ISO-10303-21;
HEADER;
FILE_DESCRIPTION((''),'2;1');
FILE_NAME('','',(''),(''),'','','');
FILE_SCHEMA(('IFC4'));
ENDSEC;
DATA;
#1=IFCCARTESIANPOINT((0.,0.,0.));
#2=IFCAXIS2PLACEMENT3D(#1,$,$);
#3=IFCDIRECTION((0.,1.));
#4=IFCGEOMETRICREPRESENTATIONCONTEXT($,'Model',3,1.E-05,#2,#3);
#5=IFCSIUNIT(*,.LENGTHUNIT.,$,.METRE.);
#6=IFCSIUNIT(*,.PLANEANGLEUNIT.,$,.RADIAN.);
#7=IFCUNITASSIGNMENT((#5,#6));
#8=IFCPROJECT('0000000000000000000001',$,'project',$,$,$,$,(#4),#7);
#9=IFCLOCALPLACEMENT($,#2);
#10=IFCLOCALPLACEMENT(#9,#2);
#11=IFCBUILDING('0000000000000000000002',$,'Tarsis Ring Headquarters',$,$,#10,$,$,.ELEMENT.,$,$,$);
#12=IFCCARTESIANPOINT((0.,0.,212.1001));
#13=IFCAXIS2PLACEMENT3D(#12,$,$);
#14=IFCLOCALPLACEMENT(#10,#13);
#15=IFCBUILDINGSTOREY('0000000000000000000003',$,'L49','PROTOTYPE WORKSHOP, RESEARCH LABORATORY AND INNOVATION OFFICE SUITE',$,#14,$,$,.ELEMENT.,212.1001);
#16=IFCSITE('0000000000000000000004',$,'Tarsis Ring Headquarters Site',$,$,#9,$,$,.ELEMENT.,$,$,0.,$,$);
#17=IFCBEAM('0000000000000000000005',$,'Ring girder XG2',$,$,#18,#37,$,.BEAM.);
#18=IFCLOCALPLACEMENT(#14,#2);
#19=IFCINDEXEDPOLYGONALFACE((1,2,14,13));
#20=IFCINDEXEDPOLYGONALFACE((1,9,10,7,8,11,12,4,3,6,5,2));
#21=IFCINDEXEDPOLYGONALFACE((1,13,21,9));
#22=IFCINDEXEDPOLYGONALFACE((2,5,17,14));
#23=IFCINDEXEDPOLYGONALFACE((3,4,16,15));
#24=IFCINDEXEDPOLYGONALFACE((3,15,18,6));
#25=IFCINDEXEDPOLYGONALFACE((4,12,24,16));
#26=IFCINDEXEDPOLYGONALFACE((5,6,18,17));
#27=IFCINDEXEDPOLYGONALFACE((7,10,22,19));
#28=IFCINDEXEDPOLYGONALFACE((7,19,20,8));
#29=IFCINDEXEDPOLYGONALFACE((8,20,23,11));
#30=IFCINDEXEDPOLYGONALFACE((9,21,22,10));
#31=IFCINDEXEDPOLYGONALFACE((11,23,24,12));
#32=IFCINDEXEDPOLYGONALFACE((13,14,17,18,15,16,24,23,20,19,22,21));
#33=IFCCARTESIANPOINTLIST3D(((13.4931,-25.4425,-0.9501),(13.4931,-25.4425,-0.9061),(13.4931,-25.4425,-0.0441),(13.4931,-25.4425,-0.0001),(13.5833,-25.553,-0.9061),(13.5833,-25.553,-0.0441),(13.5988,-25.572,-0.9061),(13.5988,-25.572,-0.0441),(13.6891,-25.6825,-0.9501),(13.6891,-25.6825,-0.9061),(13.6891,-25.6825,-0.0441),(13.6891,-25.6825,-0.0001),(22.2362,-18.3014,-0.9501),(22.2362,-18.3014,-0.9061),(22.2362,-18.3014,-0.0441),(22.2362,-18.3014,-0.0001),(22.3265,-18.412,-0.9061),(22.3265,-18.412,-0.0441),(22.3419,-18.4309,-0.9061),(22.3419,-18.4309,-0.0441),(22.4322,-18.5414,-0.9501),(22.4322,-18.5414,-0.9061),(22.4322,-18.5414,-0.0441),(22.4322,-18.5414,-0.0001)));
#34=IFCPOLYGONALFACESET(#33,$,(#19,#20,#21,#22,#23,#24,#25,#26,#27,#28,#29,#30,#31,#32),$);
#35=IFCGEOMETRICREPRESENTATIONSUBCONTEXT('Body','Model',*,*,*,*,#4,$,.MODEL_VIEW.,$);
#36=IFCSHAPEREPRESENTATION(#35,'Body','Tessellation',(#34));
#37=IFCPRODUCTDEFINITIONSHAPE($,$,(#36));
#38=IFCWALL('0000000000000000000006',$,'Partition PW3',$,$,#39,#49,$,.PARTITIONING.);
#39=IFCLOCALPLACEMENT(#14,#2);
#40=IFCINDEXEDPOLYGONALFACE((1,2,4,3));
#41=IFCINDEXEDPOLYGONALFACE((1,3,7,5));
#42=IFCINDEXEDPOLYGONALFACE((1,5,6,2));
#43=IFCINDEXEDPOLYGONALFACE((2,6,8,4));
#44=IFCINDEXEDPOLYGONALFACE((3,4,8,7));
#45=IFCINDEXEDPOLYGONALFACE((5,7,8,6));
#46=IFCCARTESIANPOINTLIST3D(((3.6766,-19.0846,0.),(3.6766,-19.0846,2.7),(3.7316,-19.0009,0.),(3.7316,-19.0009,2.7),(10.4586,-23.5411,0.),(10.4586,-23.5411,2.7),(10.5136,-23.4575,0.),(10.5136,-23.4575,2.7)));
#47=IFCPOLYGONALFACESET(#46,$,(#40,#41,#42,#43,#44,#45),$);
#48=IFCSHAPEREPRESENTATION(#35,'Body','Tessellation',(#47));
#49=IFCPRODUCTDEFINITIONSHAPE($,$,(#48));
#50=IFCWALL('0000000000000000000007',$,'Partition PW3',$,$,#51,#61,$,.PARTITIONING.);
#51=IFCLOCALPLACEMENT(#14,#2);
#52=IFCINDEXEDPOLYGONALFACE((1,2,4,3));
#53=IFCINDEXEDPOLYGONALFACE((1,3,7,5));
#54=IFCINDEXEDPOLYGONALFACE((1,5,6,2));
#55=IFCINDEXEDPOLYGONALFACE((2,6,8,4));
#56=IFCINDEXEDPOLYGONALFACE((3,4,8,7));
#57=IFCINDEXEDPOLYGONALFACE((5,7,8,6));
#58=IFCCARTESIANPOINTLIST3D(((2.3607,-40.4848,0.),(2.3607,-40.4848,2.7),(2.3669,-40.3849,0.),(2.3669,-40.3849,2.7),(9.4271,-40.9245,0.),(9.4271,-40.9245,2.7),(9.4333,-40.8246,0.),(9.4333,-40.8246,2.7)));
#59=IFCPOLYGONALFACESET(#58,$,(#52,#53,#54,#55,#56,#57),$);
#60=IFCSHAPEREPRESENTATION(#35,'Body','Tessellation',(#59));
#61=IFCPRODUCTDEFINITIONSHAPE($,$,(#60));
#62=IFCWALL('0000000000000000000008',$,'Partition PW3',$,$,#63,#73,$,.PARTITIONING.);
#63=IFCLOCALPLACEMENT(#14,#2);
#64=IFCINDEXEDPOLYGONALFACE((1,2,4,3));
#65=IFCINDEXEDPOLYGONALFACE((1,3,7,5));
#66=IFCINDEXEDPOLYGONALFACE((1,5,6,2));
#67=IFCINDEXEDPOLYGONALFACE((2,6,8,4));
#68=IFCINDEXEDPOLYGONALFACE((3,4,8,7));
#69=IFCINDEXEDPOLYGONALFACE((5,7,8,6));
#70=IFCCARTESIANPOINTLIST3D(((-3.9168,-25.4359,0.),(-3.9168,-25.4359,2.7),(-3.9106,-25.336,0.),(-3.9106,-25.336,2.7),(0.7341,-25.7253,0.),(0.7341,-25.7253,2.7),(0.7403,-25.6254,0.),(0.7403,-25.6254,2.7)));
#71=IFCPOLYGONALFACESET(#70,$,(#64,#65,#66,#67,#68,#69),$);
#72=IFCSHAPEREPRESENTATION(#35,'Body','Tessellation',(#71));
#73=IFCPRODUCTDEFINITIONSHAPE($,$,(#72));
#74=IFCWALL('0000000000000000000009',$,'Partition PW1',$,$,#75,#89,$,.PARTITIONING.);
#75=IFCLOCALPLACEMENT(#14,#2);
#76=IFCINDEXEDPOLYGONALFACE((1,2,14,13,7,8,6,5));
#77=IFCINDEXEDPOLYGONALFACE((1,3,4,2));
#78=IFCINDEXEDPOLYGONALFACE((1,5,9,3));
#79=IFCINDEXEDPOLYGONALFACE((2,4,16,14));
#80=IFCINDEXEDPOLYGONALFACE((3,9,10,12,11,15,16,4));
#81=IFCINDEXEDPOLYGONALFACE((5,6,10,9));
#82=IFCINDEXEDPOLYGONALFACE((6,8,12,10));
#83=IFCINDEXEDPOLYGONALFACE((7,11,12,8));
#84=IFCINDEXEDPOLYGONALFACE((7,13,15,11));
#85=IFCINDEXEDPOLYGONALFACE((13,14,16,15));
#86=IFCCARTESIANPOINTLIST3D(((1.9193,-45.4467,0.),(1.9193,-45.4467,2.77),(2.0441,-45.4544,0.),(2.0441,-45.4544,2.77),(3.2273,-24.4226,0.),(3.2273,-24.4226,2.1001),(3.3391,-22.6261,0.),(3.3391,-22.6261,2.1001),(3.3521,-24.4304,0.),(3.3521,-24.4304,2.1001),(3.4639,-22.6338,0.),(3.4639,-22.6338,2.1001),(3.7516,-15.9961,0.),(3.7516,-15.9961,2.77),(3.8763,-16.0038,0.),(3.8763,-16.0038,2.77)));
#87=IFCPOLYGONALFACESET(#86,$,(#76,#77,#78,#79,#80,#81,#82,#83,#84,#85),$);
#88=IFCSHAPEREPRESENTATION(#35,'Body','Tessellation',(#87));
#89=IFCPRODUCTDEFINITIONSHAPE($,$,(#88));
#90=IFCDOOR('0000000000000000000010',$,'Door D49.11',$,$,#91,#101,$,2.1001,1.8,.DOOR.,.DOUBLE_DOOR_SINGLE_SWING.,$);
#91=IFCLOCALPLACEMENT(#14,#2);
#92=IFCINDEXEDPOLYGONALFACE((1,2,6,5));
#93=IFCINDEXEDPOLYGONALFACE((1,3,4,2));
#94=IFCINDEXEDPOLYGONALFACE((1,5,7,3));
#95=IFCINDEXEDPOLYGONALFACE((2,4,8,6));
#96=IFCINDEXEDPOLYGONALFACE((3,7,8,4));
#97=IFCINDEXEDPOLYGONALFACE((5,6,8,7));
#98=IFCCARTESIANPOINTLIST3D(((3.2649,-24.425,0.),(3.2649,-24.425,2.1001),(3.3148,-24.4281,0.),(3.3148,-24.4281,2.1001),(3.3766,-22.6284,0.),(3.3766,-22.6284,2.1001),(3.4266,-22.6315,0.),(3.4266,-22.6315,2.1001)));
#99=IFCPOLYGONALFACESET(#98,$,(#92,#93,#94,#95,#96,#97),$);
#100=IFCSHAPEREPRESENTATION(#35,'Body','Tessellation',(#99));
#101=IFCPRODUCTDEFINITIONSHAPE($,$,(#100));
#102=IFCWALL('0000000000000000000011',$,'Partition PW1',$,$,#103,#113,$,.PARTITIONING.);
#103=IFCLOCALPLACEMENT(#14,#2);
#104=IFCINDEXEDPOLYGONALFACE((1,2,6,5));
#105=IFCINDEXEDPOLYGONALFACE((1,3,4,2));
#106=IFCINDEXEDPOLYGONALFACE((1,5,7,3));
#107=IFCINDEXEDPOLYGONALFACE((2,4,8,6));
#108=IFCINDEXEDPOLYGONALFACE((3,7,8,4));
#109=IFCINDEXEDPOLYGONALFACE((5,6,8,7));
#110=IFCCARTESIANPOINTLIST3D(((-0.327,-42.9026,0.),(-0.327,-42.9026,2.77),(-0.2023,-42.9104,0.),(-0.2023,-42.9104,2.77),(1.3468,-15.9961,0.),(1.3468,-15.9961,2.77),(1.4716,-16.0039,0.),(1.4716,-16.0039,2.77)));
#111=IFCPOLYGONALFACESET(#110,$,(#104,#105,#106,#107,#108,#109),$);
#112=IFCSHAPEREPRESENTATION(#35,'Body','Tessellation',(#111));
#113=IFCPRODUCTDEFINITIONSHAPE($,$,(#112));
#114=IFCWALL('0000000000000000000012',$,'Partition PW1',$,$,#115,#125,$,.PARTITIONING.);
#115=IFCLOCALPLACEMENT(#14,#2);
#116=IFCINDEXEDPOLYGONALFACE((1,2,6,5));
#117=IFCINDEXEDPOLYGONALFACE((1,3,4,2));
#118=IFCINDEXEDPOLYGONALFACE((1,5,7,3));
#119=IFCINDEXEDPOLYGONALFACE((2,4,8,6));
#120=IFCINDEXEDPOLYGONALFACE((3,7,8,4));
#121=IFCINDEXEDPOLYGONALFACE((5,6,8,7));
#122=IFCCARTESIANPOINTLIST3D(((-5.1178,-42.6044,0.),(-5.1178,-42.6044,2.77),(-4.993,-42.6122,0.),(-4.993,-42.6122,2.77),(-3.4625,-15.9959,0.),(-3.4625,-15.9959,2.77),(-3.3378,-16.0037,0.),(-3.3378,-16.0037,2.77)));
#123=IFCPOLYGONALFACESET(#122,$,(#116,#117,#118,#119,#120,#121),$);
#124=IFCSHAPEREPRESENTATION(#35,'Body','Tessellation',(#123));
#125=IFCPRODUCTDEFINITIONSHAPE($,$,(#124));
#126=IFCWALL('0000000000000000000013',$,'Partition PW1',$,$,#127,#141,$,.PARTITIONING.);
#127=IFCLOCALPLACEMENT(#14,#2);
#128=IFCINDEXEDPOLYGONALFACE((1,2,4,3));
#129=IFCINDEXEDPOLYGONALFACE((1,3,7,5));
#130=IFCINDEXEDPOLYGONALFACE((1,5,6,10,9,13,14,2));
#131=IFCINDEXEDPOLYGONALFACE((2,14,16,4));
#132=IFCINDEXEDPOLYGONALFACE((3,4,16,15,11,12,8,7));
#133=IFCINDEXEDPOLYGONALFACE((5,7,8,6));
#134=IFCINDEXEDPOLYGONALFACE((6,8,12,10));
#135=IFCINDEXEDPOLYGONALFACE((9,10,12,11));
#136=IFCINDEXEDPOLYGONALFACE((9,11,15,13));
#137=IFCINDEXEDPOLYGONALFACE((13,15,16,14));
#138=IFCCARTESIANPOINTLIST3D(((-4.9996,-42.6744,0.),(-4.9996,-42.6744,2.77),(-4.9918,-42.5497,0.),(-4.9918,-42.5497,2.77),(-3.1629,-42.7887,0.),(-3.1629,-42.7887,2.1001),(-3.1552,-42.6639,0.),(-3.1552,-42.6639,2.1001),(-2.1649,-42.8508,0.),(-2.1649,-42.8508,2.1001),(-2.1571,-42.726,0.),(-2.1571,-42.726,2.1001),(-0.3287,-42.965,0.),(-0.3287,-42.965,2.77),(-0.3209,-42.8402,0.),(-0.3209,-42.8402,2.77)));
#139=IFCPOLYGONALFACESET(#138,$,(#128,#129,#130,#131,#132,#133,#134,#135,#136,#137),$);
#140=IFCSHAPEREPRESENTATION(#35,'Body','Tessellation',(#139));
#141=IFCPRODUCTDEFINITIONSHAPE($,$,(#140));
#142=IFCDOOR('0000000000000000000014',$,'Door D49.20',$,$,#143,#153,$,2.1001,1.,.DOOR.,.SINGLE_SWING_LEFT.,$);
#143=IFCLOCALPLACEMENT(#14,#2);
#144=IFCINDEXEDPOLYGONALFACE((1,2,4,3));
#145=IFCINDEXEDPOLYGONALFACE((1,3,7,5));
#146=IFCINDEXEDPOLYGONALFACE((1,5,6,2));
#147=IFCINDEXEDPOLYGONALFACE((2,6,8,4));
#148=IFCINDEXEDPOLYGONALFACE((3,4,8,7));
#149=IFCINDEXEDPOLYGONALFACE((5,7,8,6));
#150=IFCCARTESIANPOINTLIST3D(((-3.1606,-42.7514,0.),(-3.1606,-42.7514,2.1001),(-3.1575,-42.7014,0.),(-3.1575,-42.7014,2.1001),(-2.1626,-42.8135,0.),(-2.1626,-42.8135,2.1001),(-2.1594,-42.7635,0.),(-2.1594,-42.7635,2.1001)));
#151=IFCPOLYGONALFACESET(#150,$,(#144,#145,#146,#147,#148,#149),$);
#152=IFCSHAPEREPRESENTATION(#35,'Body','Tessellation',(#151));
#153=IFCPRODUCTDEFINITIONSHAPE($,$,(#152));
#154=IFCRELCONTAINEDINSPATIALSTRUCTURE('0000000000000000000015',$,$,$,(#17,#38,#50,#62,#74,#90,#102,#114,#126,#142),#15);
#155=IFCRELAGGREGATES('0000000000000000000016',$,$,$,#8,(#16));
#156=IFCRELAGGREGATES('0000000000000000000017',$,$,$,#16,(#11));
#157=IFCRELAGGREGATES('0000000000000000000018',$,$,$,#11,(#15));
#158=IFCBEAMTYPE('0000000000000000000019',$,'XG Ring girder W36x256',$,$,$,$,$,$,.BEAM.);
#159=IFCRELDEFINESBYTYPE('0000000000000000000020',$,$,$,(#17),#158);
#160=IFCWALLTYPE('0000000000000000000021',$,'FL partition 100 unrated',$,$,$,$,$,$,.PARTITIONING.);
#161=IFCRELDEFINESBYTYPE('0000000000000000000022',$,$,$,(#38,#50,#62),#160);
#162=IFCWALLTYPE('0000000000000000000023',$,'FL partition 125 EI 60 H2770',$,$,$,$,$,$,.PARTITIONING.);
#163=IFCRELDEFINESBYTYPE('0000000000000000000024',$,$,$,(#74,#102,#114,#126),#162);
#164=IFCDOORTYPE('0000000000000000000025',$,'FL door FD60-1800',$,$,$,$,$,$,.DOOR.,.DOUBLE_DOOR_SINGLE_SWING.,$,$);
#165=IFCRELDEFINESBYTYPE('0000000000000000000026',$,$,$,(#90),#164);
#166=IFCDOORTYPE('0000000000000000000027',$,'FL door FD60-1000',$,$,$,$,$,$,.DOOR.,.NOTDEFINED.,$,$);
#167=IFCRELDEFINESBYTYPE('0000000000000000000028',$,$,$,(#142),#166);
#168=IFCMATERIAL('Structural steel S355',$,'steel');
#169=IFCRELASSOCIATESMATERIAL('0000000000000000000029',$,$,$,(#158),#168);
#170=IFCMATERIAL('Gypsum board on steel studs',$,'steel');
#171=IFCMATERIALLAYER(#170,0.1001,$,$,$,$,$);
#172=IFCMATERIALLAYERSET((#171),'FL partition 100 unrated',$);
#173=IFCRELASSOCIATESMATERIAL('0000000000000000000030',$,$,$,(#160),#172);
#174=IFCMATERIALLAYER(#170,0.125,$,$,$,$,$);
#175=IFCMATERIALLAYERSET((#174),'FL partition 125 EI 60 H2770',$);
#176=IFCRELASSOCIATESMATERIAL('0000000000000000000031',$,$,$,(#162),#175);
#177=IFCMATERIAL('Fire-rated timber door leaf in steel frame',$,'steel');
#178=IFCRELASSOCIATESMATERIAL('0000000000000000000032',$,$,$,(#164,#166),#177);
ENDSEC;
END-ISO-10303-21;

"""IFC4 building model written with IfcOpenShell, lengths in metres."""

from ifc_helpers import new_model, si_unit, direction, frame, frame_2d, origin, origin_2d, place, context, subcontext, project, spatial, rectangle, i_section, extrude, material, layer, layer_set, material_profile, profile_set, type_object, element, fill, save


model = new_model("IFC4")

# Units and contexts
model_context = context("Model", 3, precision=1e-05, world=origin(), true_north=direction((0.0, 1.0)))
body_context = subcontext(model_context, "Body", "Model", "MODEL_VIEW")
ifc_project = project(units=[si_unit("LENGTHUNIT", "METRE"), si_unit("PLANEANGLEUNIT", "RADIAN")], contexts=[model_context])

# Site, building, storey
site_placement = place(None, origin())
site = spatial("IfcSite", under=ifc_project, at=site_placement, Name="Tarsis Ring Headquarters Site", CompositionType="ELEMENT", RefElevation=0.0)
building_placement = place(site_placement, origin())
building = spatial("IfcBuilding", under=site, at=building_placement, Name="Tarsis Ring Headquarters", CompositionType="ELEMENT")
storey_placement = place(building_placement, frame((0.0, 0.0, 212.1001)))
storey = spatial("IfcBuildingStorey", under=building, at=storey_placement, Name="L49", Description="PROTOTYPE WORKSHOP, RESEARCH LABORATORY AND INNOVATION OFFICE SUITE", CompositionType="ELEMENT", Elevation=212.1001)

# Shared definitions
ifc_material_1 = material(Name="Structural steel S355", Category="steel")

# Beam
ifc_material_profile_1 = material_profile(ifc_material_1, i_section(OverallWidth=0.3098, OverallDepth=0.95, WebThickness=0.0244, FlangeThickness=0.0439, at=origin_2d()), Name="W36x256")
ifc_profile_set_1 = profile_set([ifc_material_profile_1], Name="Structural steel S355")
beam_type = type_object("IfcBeamType", Name="XG Ring girder W36x256", PredefinedType="BEAM", material=ifc_profile_set_1)
beam_1_placement = place(storey_placement, frame((13.5911, -25.5625, -0.4751), z_axis=(0.774495, 0.63258, 0.0), x_axis=(-0.63258, 0.774495, 0.0)))
element("IfcBeam", 1, at=beam_1_placement, inside=storey, type_object=beam_type, Name="Ring girder XG2", PredefinedType="BEAM", context=body_context, shape_type="SweptSolid", body=[
    extrude(i_section(OverallWidth=0.3098, OverallDepth=0.95, WebThickness=0.0244, FlangeThickness=0.0439, at=origin_2d()), origin(), (0.0, 0.0, 1.0), 11.2888),
])

# Walls
ifc_material_2 = material(Name="Gypsum board on steel studs", Category="steel")
ifc_layer_1 = layer(ifc_material_2, 0.1001)
ifc_layer_set_1 = layer_set([ifc_layer_1], Name="FL partition 100 unrated")
wall_type_1 = type_object("IfcWallType", Name="FL partition 100 unrated", PredefinedType="PARTITIONING", material=ifc_layer_set_1)
wall_1_placement = place(storey_placement, frame((3.7041, -19.0427, 0.0), z_axis=(0.0, 0.0, 1.0), x_axis=(0.835716, -0.549162, 0.0)))
element("IfcWall", 2, at=wall_1_placement, inside=storey, type_object=wall_type_1, Name="Partition PW3", PredefinedType="PARTITIONING", context=body_context, shape_type="SweptSolid", body=[
    extrude(rectangle(XDim=8.1152, YDim=0.1001, at=frame_2d((4.0576, 0.0))), origin(), (0.0, 0.0, 1.0), 2.7),
])
wall_2_placement = place(storey_placement, frame((2.3638, -40.4348, 0.0), z_axis=(0.0, 0.0, 1.0), x_axis=(0.99807, -0.062103, 0.0)))
element("IfcWall", 3, at=wall_2_placement, inside=storey, type_object=wall_type_1, Name="Partition PW3", PredefinedType="PARTITIONING", context=body_context, shape_type="SweptSolid", body=[
    extrude(rectangle(XDim=7.0801, YDim=0.1001, at=frame_2d((3.54, 0.0))), origin(), (0.0, 0.0, 1.0), 2.7),
])
wall_3_placement = place(storey_placement, frame((-3.9138, -25.386, 0.0), z_axis=(0.0, 0.0, 1.0), x_axis=(0.998071, -0.062085, 0.0)))
element("IfcWall", 4, at=wall_3_placement, inside=storey, type_object=wall_type_1, Name="Partition PW3", PredefinedType="PARTITIONING", context=body_context, shape_type="SweptSolid", body=[
    extrude(rectangle(XDim=4.6599, YDim=0.1001, at=frame_2d((2.3301, 0.0))), origin(), (0.0, 0.0, 1.0), 2.7),
])

# Wall, opening, door
ifc_layer_2 = layer(ifc_material_2, 0.125)
ifc_layer_set_2 = layer_set([ifc_layer_2], Name="FL partition 125 EI 60 H2770")
wall_type_2 = type_object("IfcWallType", Name="FL partition 125 EI 60 H2770", PredefinedType="PARTITIONING", material=ifc_layer_set_2)
wall_4_placement = place(storey_placement, frame((1.9817, -45.4507, 0.0), z_axis=(0.0, 0.0, 1.0), x_axis=(0.062095, 0.99807, 0.0)))
wall_4 = element("IfcWall", 5, at=wall_4_placement, inside=storey, type_object=wall_type_2, Name="Partition PW1", PredefinedType="PARTITIONING", context=body_context, shape_type="SweptSolid", body=[
    extrude(rectangle(XDim=29.5076, YDim=0.125, at=frame_2d((14.7539, 0.0))), origin(), (0.0, 0.0, 1.0), 2.77),
])
opening_1_placement = place(wall_4_placement, frame((21.0649, 0.0, 0.0)))
opening_1 = element("IfcOpeningElement", 6, at=opening_1_placement, cuts=wall_4, PredefinedType="OPENING", context=body_context, shape_type="SweptSolid", body=[
    extrude(rectangle(XDim=1.8, YDim=2.1001, at=frame_2d((0.8999, 1.05))), frame((0.0, 0.0725, 0.0), z_axis=(0.0, -1.0, 0.0), x_axis=(1.0, 0.0, 0.0)), (0.0, 0.0, 1.0), 0.145),
])
ifc_material_3 = material(Name="Fire-rated timber door leaf in steel frame", Category="steel")
door_type_1 = type_object("IfcDoorType", Name="FL door FD60-1800", OperationType="DOUBLE_DOOR_SINGLE_SWING", PredefinedType="DOOR", material=ifc_material_3)
door_1_placement = place(opening_1_placement, origin())
door_1 = element("IfcDoor", 7, at=door_1_placement, inside=storey, type_object=door_type_1, Name="Door D49.11", OperationType="DOUBLE_DOOR_SINGLE_SWING", OverallHeight=2.1001, OverallWidth=1.8, PredefinedType="DOOR", context=body_context, shape_type="SweptSolid", body=[
    extrude(rectangle(XDim=1.8, YDim=2.1001, at=frame_2d((0.8999, 1.05))), frame((0.0, 0.0249, 0.0), z_axis=(0.0, -1.0, 0.0), x_axis=(1.0, 0.0, 0.0)), (0.0, 0.0, 1.0), 0.05),
])
fill(opening_1, door_1)

# Walls
wall_5_placement = place(storey_placement, frame((-0.2646, -42.9065, 0.0), z_axis=(0.0, 0.0, 1.0), x_axis=(0.062089, 0.998071, 0.0)))
element("IfcWall", 8, at=wall_5_placement, inside=storey, type_object=wall_type_2, Name="Partition PW1", PredefinedType="PARTITIONING", context=body_context, shape_type="SweptSolid", body=[
    extrude(rectangle(XDim=26.9585, YDim=0.125, at=frame_2d((13.4792, 0.0))), origin(), (0.0, 0.0, 1.0), 2.77),
])
wall_6_placement = place(storey_placement, frame((-5.0554, -42.6084, 0.0), z_axis=(0.0, 0.0, 1.0), x_axis=(0.062089, 0.998071, 0.0)))
element("IfcWall", 9, at=wall_6_placement, inside=storey, type_object=wall_type_2, Name="Partition PW1", PredefinedType="PARTITIONING", context=body_context, shape_type="SweptSolid", body=[
    extrude(rectangle(XDim=26.6599, YDim=0.125, at=frame_2d((13.3301, 0.0))), origin(), (0.0, 0.0, 1.0), 2.77),
])

# Wall, opening, door
wall_7_placement = place(storey_placement, frame((-4.9956, -42.6121, 0.0), z_axis=(0.0, 0.0, 1.0), x_axis=(0.998071, -0.062079, 0.0)))
wall_7 = element("IfcWall", 10, at=wall_7_placement, inside=storey, type_object=wall_type_2, Name="Partition PW1", PredefinedType="PARTITIONING", context=body_context, shape_type="SweptSolid", body=[
    extrude(rectangle(XDim=4.6799, YDim=0.125, at=frame_2d((2.3398, 0.0))), origin(), (0.0, 0.0, 1.0), 2.77),
])
opening_2_placement = place(wall_7_placement, frame((1.8401, 0.0, 0.0)))
opening_2 = element("IfcOpeningElement", 11, at=opening_2_placement, cuts=wall_7, PredefinedType="OPENING", context=body_context, shape_type="SweptSolid", body=[
    extrude(rectangle(XDim=1.0, YDim=2.1001, at=frame_2d((0.5, 1.05))), frame((0.0, 0.0725, 0.0), z_axis=(0.0, -1.0, 0.0), x_axis=(1.0, 0.0, 0.0)), (0.0, 0.0, 1.0), 0.145),
])
door_type_2 = type_object("IfcDoorType", Name="FL door FD60-1000", OperationType="NOTDEFINED", PredefinedType="DOOR", material=ifc_material_3)
door_2_placement = place(opening_2_placement, origin())
door_2 = element("IfcDoor", 12, at=door_2_placement, inside=storey, type_object=door_type_2, Name="Door D49.20", OperationType="SINGLE_SWING_LEFT", OverallHeight=2.1001, OverallWidth=1.0, PredefinedType="DOOR", context=body_context, shape_type="SweptSolid", body=[
    extrude(rectangle(XDim=1.0, YDim=2.1001, at=frame_2d((0.5, 1.05))), frame((0.0, 0.0249, 0.0), z_axis=(0.0, -1.0, 0.0), x_axis=(1.0, 0.0, 0.0)), (0.0, 0.0, 1.0), 0.05),
])
fill(opening_2, door_2)

save(model, "model.ifc")
